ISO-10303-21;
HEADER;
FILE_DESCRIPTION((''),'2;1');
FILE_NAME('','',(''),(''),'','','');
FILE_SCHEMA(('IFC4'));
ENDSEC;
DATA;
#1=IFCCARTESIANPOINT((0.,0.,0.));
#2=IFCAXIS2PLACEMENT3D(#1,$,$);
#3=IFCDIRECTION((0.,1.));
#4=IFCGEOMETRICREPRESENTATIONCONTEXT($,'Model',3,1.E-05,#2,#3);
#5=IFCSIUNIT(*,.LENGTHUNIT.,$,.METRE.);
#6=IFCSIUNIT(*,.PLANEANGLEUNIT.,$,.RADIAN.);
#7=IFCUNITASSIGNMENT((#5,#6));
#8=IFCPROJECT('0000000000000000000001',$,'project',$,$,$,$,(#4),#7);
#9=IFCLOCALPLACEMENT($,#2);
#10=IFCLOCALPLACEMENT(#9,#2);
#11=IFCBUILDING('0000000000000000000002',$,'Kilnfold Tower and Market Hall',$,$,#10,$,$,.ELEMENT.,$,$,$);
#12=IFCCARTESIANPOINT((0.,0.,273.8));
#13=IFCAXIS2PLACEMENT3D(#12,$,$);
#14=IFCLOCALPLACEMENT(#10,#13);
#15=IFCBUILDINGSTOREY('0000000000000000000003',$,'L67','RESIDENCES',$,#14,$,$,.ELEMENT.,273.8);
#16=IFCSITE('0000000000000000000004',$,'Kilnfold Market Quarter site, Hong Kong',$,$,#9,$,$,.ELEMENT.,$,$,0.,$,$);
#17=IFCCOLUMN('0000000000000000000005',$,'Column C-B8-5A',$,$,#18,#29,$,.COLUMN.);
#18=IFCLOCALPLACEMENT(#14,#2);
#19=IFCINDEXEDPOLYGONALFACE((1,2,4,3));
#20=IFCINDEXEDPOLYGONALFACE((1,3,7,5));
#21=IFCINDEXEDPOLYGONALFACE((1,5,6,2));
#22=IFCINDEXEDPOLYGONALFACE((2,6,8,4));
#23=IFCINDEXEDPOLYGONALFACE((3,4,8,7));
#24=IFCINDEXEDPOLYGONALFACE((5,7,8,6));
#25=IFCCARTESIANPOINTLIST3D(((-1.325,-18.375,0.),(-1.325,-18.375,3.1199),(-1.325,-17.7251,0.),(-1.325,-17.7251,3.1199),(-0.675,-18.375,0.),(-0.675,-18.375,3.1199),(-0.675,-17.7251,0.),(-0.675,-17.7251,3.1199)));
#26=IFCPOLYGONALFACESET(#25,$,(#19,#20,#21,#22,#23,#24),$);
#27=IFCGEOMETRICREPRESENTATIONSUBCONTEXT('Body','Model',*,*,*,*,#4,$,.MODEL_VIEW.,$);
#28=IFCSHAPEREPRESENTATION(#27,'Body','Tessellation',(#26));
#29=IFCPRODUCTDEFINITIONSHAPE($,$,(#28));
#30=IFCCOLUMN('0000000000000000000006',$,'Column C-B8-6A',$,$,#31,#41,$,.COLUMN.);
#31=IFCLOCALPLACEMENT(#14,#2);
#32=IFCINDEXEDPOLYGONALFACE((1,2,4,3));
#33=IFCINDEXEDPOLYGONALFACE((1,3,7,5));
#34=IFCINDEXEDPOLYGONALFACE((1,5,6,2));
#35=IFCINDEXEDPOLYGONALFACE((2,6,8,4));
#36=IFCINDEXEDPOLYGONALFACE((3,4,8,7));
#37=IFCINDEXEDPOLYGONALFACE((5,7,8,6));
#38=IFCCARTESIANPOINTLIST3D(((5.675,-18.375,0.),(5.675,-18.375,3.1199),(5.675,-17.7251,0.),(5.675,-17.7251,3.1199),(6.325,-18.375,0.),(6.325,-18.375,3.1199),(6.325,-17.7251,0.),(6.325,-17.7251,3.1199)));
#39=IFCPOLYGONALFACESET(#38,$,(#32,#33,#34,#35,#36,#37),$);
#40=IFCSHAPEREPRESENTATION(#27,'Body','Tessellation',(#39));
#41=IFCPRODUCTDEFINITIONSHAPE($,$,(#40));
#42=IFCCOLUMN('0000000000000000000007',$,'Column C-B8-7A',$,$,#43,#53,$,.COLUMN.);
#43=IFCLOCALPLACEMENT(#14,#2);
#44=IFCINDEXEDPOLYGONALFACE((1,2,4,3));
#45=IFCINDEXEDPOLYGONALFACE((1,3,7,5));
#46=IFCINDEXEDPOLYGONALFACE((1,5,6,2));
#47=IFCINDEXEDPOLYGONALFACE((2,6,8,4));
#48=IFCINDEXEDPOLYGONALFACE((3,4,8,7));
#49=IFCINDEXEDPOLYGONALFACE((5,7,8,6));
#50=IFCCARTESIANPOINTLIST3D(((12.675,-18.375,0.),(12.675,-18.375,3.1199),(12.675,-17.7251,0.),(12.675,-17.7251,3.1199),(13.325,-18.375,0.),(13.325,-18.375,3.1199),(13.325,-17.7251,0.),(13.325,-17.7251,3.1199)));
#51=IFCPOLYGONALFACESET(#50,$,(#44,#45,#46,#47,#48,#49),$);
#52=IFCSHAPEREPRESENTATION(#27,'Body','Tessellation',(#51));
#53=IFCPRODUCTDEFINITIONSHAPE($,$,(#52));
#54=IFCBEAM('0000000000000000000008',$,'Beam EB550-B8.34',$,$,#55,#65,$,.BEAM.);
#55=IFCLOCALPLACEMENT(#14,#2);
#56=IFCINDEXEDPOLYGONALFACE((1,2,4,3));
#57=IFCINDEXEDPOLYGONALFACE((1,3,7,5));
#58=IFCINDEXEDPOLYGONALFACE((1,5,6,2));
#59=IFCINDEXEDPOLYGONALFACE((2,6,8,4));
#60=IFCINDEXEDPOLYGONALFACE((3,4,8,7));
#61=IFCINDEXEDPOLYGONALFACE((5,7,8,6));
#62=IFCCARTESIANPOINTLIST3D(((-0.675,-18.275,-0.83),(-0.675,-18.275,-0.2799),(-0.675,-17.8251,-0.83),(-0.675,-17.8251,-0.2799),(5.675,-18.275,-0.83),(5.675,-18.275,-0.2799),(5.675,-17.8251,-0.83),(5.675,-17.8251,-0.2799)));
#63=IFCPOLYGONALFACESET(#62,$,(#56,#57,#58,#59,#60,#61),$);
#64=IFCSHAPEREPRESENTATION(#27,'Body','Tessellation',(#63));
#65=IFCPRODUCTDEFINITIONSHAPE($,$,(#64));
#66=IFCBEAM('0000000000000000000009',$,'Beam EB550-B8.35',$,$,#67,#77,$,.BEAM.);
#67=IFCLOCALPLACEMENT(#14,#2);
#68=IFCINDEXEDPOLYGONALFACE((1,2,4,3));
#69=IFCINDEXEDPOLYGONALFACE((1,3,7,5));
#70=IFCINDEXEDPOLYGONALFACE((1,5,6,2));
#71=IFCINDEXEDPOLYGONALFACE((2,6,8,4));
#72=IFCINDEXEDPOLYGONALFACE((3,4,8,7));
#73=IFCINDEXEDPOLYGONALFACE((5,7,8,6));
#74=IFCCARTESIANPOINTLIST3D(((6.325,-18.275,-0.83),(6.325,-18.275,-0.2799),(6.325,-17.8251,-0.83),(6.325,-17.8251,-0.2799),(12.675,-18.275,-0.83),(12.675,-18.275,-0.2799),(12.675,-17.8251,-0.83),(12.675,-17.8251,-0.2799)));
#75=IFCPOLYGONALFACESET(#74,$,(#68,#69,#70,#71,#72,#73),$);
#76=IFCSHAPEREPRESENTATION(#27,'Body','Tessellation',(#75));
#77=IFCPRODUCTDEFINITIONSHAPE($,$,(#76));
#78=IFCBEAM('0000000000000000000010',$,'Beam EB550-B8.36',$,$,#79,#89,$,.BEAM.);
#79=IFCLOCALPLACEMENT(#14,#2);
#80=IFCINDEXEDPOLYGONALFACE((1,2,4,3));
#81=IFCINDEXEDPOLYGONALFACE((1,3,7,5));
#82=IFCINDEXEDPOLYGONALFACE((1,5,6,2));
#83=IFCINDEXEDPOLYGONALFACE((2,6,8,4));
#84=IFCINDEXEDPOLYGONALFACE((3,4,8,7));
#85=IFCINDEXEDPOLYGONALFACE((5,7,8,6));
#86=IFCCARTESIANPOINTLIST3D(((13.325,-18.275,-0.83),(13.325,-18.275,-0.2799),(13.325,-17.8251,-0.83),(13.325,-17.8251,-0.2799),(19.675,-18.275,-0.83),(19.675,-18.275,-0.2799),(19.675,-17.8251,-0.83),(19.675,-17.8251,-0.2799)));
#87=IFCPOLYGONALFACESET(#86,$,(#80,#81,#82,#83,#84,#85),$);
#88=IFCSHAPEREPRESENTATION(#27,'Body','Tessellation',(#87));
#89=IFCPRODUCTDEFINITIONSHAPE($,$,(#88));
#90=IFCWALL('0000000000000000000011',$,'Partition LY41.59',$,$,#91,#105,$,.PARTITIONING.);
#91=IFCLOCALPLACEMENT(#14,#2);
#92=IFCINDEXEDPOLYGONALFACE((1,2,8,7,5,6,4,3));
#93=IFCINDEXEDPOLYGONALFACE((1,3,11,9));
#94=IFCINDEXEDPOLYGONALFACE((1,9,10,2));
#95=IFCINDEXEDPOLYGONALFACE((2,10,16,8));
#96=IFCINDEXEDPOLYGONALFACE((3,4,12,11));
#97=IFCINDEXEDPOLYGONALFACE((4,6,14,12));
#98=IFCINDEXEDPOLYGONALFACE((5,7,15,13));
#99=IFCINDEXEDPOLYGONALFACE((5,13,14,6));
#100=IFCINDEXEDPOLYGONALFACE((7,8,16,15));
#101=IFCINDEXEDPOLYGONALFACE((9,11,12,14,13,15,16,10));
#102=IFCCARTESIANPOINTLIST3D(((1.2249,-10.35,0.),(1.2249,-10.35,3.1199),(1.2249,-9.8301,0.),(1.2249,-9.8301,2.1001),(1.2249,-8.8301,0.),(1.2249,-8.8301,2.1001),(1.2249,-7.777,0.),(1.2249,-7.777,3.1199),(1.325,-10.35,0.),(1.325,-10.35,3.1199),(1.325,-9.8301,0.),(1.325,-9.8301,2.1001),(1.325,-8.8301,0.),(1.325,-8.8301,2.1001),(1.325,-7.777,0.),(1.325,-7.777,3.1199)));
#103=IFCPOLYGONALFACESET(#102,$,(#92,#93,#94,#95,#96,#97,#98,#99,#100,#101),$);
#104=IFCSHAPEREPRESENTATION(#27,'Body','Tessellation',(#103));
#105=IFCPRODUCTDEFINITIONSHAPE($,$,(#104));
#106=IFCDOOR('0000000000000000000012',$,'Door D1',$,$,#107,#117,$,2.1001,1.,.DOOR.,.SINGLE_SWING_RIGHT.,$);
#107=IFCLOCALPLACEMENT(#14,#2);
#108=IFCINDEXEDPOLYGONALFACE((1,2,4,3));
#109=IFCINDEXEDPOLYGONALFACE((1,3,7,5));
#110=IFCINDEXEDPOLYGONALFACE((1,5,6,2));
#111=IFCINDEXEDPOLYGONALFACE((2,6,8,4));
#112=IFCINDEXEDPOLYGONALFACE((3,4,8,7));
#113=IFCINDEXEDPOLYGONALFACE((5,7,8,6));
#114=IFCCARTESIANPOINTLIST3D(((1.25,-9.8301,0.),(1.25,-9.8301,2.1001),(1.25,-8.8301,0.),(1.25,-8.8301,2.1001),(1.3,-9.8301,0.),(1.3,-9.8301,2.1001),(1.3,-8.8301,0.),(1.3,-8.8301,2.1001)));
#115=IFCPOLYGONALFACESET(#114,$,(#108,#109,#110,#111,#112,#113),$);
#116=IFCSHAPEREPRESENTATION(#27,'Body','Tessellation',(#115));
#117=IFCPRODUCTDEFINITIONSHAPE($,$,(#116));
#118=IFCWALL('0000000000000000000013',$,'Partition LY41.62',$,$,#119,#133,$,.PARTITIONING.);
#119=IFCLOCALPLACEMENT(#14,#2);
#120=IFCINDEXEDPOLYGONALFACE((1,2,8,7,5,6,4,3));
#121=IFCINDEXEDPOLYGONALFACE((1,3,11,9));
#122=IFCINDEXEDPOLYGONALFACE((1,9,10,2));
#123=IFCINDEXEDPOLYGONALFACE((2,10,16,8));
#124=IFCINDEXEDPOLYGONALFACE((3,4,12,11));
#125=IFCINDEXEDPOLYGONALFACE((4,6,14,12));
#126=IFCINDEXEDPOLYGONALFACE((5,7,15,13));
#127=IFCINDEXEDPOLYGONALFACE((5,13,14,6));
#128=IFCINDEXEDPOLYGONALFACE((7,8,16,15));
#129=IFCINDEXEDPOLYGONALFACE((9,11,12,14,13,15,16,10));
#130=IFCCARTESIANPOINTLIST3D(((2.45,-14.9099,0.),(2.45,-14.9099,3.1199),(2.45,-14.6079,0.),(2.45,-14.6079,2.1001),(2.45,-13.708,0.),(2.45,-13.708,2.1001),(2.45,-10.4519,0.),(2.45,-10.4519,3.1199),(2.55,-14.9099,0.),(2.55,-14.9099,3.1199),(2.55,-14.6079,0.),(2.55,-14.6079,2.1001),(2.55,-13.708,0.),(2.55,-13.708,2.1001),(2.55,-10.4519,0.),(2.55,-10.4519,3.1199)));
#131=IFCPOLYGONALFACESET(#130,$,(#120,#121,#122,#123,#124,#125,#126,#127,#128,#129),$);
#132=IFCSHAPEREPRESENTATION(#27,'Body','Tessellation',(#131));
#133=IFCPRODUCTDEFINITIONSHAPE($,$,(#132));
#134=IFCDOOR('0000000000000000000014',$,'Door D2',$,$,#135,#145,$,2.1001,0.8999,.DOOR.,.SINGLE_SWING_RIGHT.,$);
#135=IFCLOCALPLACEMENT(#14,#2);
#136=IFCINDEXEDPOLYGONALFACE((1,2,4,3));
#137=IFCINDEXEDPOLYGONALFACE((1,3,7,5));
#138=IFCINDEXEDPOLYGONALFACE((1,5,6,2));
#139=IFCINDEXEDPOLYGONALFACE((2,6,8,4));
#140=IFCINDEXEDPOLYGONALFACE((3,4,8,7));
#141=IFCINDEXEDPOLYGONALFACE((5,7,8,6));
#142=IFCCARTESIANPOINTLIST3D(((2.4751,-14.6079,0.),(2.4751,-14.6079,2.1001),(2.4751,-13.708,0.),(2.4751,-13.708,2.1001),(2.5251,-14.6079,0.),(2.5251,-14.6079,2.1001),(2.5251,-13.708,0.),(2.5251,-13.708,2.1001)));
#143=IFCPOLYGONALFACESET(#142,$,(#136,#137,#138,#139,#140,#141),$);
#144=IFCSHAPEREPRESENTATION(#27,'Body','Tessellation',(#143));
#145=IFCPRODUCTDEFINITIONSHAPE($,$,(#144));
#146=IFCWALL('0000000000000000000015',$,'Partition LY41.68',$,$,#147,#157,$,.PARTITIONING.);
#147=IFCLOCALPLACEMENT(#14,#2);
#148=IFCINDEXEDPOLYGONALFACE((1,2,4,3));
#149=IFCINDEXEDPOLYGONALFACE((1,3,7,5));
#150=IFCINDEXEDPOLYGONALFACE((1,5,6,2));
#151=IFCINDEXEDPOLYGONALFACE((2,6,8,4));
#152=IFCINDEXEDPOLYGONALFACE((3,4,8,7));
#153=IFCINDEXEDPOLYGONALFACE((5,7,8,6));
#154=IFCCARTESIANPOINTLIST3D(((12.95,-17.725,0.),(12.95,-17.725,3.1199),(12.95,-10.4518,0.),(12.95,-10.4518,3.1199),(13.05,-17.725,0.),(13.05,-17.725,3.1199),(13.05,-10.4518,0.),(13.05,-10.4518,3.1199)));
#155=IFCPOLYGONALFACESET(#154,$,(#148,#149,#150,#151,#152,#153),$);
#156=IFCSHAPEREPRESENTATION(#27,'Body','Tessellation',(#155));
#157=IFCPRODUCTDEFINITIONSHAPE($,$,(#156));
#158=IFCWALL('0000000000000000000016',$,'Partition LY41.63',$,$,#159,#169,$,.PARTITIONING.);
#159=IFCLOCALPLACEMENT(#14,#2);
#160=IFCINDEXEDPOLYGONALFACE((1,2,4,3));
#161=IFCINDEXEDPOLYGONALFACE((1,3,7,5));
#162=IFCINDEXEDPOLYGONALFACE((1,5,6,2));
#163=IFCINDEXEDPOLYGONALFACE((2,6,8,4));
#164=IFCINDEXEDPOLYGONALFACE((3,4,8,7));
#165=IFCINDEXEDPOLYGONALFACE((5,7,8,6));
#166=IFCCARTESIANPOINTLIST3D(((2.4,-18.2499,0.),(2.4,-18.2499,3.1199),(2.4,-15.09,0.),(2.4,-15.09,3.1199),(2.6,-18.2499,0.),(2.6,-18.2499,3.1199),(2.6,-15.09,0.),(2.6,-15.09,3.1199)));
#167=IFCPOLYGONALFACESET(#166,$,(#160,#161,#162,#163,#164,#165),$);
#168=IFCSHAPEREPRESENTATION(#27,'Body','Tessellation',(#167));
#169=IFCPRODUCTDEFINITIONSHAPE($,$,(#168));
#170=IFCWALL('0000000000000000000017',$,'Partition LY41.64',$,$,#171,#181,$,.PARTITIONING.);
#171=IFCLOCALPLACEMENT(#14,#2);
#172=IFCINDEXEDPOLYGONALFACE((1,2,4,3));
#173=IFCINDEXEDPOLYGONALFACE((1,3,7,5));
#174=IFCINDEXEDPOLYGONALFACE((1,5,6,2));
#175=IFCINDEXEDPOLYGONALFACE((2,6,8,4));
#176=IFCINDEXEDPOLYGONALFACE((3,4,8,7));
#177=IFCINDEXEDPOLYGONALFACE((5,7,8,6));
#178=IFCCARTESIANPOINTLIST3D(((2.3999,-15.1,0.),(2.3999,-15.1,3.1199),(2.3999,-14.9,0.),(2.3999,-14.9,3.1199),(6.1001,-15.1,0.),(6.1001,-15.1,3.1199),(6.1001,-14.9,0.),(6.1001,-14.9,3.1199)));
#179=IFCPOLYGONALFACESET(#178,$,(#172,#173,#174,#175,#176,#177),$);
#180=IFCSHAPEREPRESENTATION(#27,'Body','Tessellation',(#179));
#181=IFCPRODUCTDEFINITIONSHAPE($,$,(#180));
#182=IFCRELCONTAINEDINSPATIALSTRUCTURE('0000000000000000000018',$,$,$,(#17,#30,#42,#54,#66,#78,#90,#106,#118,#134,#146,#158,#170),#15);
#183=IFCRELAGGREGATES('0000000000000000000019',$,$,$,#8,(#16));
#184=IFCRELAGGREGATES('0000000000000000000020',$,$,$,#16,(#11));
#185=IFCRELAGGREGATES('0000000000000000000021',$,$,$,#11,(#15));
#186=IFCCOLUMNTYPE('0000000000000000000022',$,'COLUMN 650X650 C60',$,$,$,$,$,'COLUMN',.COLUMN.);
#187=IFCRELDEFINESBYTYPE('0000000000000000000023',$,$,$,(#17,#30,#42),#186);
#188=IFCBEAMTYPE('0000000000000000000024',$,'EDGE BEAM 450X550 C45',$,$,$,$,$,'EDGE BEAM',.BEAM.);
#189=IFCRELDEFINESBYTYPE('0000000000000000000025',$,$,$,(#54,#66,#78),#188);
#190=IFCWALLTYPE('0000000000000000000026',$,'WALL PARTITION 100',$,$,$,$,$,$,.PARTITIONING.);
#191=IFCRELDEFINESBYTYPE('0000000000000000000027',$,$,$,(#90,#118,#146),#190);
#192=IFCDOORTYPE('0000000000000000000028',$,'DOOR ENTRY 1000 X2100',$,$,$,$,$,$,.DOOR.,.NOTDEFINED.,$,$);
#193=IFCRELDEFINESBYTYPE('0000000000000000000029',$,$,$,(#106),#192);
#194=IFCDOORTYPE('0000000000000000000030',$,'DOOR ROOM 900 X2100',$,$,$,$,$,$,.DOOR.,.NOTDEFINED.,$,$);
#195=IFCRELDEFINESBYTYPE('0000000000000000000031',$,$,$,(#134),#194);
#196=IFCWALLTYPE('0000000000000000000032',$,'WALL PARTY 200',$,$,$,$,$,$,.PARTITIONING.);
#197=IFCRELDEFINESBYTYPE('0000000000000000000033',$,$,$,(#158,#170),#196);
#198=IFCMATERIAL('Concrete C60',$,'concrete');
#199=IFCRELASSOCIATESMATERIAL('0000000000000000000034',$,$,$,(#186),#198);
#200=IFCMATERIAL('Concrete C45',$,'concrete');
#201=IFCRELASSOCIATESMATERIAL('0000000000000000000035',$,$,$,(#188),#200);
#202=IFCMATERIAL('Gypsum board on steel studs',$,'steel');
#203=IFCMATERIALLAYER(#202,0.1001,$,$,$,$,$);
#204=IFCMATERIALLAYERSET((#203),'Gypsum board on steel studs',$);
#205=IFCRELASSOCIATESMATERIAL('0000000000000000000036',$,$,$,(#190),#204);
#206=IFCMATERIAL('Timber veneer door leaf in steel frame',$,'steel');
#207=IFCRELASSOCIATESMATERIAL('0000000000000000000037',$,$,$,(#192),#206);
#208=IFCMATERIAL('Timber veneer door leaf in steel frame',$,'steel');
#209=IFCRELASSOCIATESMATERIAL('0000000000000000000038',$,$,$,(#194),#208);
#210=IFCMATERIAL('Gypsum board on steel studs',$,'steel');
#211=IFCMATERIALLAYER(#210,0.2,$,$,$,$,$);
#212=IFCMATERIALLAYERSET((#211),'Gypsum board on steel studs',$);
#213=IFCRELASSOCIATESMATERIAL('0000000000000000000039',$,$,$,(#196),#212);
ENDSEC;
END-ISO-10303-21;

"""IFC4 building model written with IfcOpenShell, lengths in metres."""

from ifc_helpers import new_model, si_unit, direction, frame, frame_2d, origin, origin_2d, place, context, subcontext, project, spatial, rectangle, extrude, source, transform, mapped, material, layer, layer_set, material_profile, profile_set, type_object, element, fill, save


model = new_model("IFC4")

# Units and contexts
model_context = context("Model", 3, precision=1e-05, world=origin(), true_north=direction((0.0, 1.0)))
body_context = subcontext(model_context, "Body", "Model", "MODEL_VIEW")
ifc_project = project(units=[si_unit("LENGTHUNIT", "METRE"), si_unit("PLANEANGLEUNIT", "RADIAN")], contexts=[model_context])

# Site, building, storey
site_placement = place(None, origin())
site = spatial("IfcSite", under=ifc_project, at=site_placement, Name="Kilnfold Market Quarter site, Hong Kong", CompositionType="ELEMENT", RefElevation=0.0)
building_placement = place(site_placement, origin())
building = spatial("IfcBuilding", under=site, at=building_placement, Name="Kilnfold Tower and Market Hall", CompositionType="ELEMENT")
storey_placement = place(building_placement, frame((0.0, 0.0, 273.8)))
storey = spatial("IfcBuildingStorey", under=building, at=storey_placement, Name="L67", Description="RESIDENCES", CompositionType="ELEMENT", Elevation=273.8)

# Columns
ifc_material_1 = material(Name="Concrete C60", Category="concrete")
ifc_material_profile_1 = material_profile(ifc_material_1, rectangle(XDim=0.6499, YDim=0.6499, at=origin_2d()), Name="RC 650x650")
ifc_profile_set_1 = profile_set([ifc_material_profile_1], Name="Concrete C60")
column_type = type_object("IfcColumnType", Name="COLUMN 650X650 C60", ElementType="COLUMN", PredefinedType="COLUMN", material=ifc_profile_set_1)
shared_shape_1 = source(origin(), body_context, "Body", "SweptSolid", [
    extrude(rectangle(XDim=0.6499, YDim=0.6499, at=origin_2d()), origin(), (0.0, 0.0, 1.0), 3.1199),
])
for number, where, z_axis, x_axis, name in (
    (1, (-1.0, -18.05, 0.0), (0.0, 0.0, 1.0), (1.0, 0.0, 0.0), "Column C-B8-5A"),
    (2, (6.0, -18.05, 0.0), (0.0, 0.0, 1.0), (1.0, 0.0, 0.0), "Column C-B8-6A"),
    (3, (13.0, -18.05, 0.0), (0.0, 0.0, 1.0), (1.0, 0.0, 0.0), "Column C-B8-7A"),
):
    element("IfcColumn", number, at=place(storey_placement, frame(where, z_axis=z_axis, x_axis=x_axis)), inside=storey, type_object=column_type, Name=name, PredefinedType="COLUMN", context=body_context, shape_type="MappedRepresentation", body=[
        mapped(shared_shape_1, transform((0.0, 0.0, 0.0))),
    ])

# Beams
ifc_material_2 = material(Name="Concrete C45", Category="concrete")
ifc_material_profile_2 = material_profile(ifc_material_2, rectangle(XDim=0.45, YDim=0.55, at=origin_2d()), Name="RC 450x550")
ifc_profile_set_2 = profile_set([ifc_material_profile_2], Name="Concrete C45")
beam_type = type_object("IfcBeamType", Name="EDGE BEAM 450X550 C45", ElementType="EDGE BEAM", PredefinedType="BEAM", material=ifc_profile_set_2)
shared_shape_2 = source(origin(), body_context, "Body", "SweptSolid", [
    extrude(rectangle(XDim=0.45, YDim=0.55, at=origin_2d()), origin(), (0.0, 0.0, 1.0), 6.3501),
])
for number, where, z_axis, x_axis, name in (
    (4, (-0.675, -18.05, -0.5549), (1.0, 0.0, 0.0), (0.0, 1.0, 0.0), "Beam EB550-B8.34"),
    (5, (6.325, -18.05, -0.5549), (1.0, 0.0, 0.0), (0.0, 1.0, 0.0), "Beam EB550-B8.35"),
    (6, (13.325, -18.05, -0.5549), (1.0, 0.0, 0.0), (0.0, 1.0, 0.0), "Beam EB550-B8.36"),
):
    element("IfcBeam", number, at=place(storey_placement, frame(where, z_axis=z_axis, x_axis=x_axis)), inside=storey, type_object=beam_type, Name=name, PredefinedType="BEAM", context=body_context, shape_type="MappedRepresentation", body=[
        mapped(shared_shape_2, transform((0.0, 0.0, 0.0))),
    ])

# Walls, openings, doors
ifc_material_3 = material(Name="Gypsum board on steel studs", Category="steel")
ifc_layer_1 = layer(ifc_material_3, 0.1001)
ifc_layer_set_1 = layer_set([ifc_layer_1], Name="Gypsum board on steel studs")
wall_type_1 = type_object("IfcWallType", Name="WALL PARTITION 100", PredefinedType="PARTITIONING", material=ifc_layer_set_1)
wall_1_placement = place(storey_placement, frame((1.2749, -10.3501, 0.0), z_axis=(0.0, 0.0, 1.0), x_axis=(0.0, 1.0, 0.0)))
wall_1 = element("IfcWall", 7, at=wall_1_placement, inside=storey, type_object=wall_type_1, Name="Partition LY41.59", PredefinedType="PARTITIONING", context=body_context, shape_type="SweptSolid", body=[
    extrude(rectangle(XDim=2.573, YDim=0.1001, at=frame_2d((1.2866, 0.0))), origin(), (0.0, 0.0, 1.0), 3.1199),
])
opening_1_placement = place(wall_1_placement, frame((0.52, 0.0, 0.0)))
opening_1 = element("IfcOpeningElement", 8, at=opening_1_placement, cuts=wall_1, PredefinedType="OPENING", context=body_context, shape_type="SweptSolid", body=[
    extrude(rectangle(XDim=1.0, YDim=2.1001, at=frame_2d((0.5, 1.05))), frame((0.0, 0.0601, 0.0), z_axis=(0.0, -1.0, 0.0), x_axis=(1.0, 0.0, 0.0)), (0.0, 0.0, 1.0), 0.1201),
])
ifc_material_4 = material(Name="Timber veneer door leaf in steel frame", Category="steel")
door_type_1 = type_object("IfcDoorType", Name="DOOR ENTRY 1000 X2100", OperationType="NOTDEFINED", PredefinedType="DOOR", material=ifc_material_4)
door_1_placement = place(opening_1_placement, origin())
door_1 = element("IfcDoor", 9, at=door_1_placement, inside=storey, type_object=door_type_1, Name="Door D1", OperationType="SINGLE_SWING_RIGHT", OverallHeight=2.1001, OverallWidth=1.0, PredefinedType="DOOR", context=body_context, shape_type="SweptSolid", body=[
    extrude(rectangle(XDim=1.0, YDim=2.1001, at=frame_2d((0.5, 1.05))), frame((0.0, 0.0249, 0.0), z_axis=(0.0, -1.0, 0.0), x_axis=(1.0, 0.0, 0.0)), (0.0, 0.0, 1.0), 0.05),
])
fill(opening_1, door_1)
wall_2_placement = place(storey_placement, frame((2.5, -14.9099, 0.0), z_axis=(0.0, 0.0, 1.0), x_axis=(0.0, 1.0, 0.0)))
wall_2 = element("IfcWall", 10, at=wall_2_placement, inside=storey, type_object=wall_type_1, Name="Partition LY41.62", PredefinedType="PARTITIONING", context=body_context, shape_type="SweptSolid", body=[
    extrude(rectangle(XDim=4.458, YDim=0.1001, at=frame_2d((2.229, 0.0))), origin(), (0.0, 0.0, 1.0), 3.1199),
])
opening_2_placement = place(wall_2_placement, frame((0.302, 0.0, 0.0)))
opening_2 = element("IfcOpeningElement", 11, at=opening_2_placement, cuts=wall_2, PredefinedType="OPENING", context=body_context, shape_type="SweptSolid", body=[
    extrude(rectangle(XDim=0.8999, YDim=2.1001, at=frame_2d((0.45, 1.05))), frame((0.0, 0.0601, 0.0), z_axis=(0.0, -1.0, 0.0), x_axis=(1.0, 0.0, 0.0)), (0.0, 0.0, 1.0), 0.1201),
])
ifc_material_5 = material(Name="Timber veneer door leaf in steel frame", Category="steel")
door_type_2 = type_object("IfcDoorType", Name="DOOR ROOM 900 X2100", OperationType="NOTDEFINED", PredefinedType="DOOR", material=ifc_material_5)
door_2_placement = place(opening_2_placement, origin())
door_2 = element("IfcDoor", 12, at=door_2_placement, inside=storey, type_object=door_type_2, Name="Door D2", OperationType="SINGLE_SWING_RIGHT", OverallHeight=2.1001, OverallWidth=0.8999, PredefinedType="DOOR", context=body_context, shape_type="SweptSolid", body=[
    extrude(rectangle(XDim=0.8999, YDim=2.1001, at=frame_2d((0.45, 1.05))), frame((0.0, 0.0249, 0.0), z_axis=(0.0, -1.0, 0.0), x_axis=(1.0, 0.0, 0.0)), (0.0, 0.0, 1.0), 0.05),
])
fill(opening_2, door_2)

# Walls
wall_3_placement = place(storey_placement, frame((13.0, -17.7251, 0.0), z_axis=(0.0, 0.0, 1.0), x_axis=(0.0, 1.0, 0.0)))
element("IfcWall", 13, at=wall_3_placement, inside=storey, type_object=wall_type_1, Name="Partition LY41.68", PredefinedType="PARTITIONING", context=body_context, shape_type="SweptSolid", body=[
    extrude(rectangle(XDim=7.2732, YDim=0.1001, at=frame_2d((3.6367, 0.0))), origin(), (0.0, 0.0, 1.0), 3.1199),
])
ifc_material_6 = material(Name="Gypsum board on steel studs", Category="steel")
ifc_layer_2 = layer(ifc_material_6, 0.2)
ifc_layer_set_2 = layer_set([ifc_layer_2], Name="Gypsum board on steel studs")
wall_type_2 = type_object("IfcWallType", Name="WALL PARTY 200", PredefinedType="PARTITIONING", material=ifc_layer_set_2)
wall_4_placement = place(storey_placement, frame((2.5, -18.25, 0.0), z_axis=(0.0, 0.0, 1.0), x_axis=(0.0, 1.0, 0.0)))
element("IfcWall", 14, at=wall_4_placement, inside=storey, type_object=wall_type_2, Name="Partition LY41.63", PredefinedType="PARTITIONING", context=body_context, shape_type="SweptSolid", body=[
    extrude(rectangle(XDim=3.1599, YDim=0.2, at=frame_2d((1.5801, 0.0))), origin(), (0.0, 0.0, 1.0), 3.1199),
])
wall_5_placement = place(storey_placement, frame((2.3999, -15.0, 0.0), z_axis=(0.0, 0.0, 1.0), x_axis=(1.0, 0.0, 0.0)))
element("IfcWall", 15, at=wall_5_placement, inside=storey, type_object=wall_type_2, Name="Partition LY41.64", PredefinedType="PARTITIONING", context=body_context, shape_type="SweptSolid", body=[
    extrude(rectangle(XDim=3.7002, YDim=0.2, at=frame_2d((1.8501, 0.0))), origin(), (0.0, 0.0, 1.0), 3.1199),
])

save(model, "model.ifc")
